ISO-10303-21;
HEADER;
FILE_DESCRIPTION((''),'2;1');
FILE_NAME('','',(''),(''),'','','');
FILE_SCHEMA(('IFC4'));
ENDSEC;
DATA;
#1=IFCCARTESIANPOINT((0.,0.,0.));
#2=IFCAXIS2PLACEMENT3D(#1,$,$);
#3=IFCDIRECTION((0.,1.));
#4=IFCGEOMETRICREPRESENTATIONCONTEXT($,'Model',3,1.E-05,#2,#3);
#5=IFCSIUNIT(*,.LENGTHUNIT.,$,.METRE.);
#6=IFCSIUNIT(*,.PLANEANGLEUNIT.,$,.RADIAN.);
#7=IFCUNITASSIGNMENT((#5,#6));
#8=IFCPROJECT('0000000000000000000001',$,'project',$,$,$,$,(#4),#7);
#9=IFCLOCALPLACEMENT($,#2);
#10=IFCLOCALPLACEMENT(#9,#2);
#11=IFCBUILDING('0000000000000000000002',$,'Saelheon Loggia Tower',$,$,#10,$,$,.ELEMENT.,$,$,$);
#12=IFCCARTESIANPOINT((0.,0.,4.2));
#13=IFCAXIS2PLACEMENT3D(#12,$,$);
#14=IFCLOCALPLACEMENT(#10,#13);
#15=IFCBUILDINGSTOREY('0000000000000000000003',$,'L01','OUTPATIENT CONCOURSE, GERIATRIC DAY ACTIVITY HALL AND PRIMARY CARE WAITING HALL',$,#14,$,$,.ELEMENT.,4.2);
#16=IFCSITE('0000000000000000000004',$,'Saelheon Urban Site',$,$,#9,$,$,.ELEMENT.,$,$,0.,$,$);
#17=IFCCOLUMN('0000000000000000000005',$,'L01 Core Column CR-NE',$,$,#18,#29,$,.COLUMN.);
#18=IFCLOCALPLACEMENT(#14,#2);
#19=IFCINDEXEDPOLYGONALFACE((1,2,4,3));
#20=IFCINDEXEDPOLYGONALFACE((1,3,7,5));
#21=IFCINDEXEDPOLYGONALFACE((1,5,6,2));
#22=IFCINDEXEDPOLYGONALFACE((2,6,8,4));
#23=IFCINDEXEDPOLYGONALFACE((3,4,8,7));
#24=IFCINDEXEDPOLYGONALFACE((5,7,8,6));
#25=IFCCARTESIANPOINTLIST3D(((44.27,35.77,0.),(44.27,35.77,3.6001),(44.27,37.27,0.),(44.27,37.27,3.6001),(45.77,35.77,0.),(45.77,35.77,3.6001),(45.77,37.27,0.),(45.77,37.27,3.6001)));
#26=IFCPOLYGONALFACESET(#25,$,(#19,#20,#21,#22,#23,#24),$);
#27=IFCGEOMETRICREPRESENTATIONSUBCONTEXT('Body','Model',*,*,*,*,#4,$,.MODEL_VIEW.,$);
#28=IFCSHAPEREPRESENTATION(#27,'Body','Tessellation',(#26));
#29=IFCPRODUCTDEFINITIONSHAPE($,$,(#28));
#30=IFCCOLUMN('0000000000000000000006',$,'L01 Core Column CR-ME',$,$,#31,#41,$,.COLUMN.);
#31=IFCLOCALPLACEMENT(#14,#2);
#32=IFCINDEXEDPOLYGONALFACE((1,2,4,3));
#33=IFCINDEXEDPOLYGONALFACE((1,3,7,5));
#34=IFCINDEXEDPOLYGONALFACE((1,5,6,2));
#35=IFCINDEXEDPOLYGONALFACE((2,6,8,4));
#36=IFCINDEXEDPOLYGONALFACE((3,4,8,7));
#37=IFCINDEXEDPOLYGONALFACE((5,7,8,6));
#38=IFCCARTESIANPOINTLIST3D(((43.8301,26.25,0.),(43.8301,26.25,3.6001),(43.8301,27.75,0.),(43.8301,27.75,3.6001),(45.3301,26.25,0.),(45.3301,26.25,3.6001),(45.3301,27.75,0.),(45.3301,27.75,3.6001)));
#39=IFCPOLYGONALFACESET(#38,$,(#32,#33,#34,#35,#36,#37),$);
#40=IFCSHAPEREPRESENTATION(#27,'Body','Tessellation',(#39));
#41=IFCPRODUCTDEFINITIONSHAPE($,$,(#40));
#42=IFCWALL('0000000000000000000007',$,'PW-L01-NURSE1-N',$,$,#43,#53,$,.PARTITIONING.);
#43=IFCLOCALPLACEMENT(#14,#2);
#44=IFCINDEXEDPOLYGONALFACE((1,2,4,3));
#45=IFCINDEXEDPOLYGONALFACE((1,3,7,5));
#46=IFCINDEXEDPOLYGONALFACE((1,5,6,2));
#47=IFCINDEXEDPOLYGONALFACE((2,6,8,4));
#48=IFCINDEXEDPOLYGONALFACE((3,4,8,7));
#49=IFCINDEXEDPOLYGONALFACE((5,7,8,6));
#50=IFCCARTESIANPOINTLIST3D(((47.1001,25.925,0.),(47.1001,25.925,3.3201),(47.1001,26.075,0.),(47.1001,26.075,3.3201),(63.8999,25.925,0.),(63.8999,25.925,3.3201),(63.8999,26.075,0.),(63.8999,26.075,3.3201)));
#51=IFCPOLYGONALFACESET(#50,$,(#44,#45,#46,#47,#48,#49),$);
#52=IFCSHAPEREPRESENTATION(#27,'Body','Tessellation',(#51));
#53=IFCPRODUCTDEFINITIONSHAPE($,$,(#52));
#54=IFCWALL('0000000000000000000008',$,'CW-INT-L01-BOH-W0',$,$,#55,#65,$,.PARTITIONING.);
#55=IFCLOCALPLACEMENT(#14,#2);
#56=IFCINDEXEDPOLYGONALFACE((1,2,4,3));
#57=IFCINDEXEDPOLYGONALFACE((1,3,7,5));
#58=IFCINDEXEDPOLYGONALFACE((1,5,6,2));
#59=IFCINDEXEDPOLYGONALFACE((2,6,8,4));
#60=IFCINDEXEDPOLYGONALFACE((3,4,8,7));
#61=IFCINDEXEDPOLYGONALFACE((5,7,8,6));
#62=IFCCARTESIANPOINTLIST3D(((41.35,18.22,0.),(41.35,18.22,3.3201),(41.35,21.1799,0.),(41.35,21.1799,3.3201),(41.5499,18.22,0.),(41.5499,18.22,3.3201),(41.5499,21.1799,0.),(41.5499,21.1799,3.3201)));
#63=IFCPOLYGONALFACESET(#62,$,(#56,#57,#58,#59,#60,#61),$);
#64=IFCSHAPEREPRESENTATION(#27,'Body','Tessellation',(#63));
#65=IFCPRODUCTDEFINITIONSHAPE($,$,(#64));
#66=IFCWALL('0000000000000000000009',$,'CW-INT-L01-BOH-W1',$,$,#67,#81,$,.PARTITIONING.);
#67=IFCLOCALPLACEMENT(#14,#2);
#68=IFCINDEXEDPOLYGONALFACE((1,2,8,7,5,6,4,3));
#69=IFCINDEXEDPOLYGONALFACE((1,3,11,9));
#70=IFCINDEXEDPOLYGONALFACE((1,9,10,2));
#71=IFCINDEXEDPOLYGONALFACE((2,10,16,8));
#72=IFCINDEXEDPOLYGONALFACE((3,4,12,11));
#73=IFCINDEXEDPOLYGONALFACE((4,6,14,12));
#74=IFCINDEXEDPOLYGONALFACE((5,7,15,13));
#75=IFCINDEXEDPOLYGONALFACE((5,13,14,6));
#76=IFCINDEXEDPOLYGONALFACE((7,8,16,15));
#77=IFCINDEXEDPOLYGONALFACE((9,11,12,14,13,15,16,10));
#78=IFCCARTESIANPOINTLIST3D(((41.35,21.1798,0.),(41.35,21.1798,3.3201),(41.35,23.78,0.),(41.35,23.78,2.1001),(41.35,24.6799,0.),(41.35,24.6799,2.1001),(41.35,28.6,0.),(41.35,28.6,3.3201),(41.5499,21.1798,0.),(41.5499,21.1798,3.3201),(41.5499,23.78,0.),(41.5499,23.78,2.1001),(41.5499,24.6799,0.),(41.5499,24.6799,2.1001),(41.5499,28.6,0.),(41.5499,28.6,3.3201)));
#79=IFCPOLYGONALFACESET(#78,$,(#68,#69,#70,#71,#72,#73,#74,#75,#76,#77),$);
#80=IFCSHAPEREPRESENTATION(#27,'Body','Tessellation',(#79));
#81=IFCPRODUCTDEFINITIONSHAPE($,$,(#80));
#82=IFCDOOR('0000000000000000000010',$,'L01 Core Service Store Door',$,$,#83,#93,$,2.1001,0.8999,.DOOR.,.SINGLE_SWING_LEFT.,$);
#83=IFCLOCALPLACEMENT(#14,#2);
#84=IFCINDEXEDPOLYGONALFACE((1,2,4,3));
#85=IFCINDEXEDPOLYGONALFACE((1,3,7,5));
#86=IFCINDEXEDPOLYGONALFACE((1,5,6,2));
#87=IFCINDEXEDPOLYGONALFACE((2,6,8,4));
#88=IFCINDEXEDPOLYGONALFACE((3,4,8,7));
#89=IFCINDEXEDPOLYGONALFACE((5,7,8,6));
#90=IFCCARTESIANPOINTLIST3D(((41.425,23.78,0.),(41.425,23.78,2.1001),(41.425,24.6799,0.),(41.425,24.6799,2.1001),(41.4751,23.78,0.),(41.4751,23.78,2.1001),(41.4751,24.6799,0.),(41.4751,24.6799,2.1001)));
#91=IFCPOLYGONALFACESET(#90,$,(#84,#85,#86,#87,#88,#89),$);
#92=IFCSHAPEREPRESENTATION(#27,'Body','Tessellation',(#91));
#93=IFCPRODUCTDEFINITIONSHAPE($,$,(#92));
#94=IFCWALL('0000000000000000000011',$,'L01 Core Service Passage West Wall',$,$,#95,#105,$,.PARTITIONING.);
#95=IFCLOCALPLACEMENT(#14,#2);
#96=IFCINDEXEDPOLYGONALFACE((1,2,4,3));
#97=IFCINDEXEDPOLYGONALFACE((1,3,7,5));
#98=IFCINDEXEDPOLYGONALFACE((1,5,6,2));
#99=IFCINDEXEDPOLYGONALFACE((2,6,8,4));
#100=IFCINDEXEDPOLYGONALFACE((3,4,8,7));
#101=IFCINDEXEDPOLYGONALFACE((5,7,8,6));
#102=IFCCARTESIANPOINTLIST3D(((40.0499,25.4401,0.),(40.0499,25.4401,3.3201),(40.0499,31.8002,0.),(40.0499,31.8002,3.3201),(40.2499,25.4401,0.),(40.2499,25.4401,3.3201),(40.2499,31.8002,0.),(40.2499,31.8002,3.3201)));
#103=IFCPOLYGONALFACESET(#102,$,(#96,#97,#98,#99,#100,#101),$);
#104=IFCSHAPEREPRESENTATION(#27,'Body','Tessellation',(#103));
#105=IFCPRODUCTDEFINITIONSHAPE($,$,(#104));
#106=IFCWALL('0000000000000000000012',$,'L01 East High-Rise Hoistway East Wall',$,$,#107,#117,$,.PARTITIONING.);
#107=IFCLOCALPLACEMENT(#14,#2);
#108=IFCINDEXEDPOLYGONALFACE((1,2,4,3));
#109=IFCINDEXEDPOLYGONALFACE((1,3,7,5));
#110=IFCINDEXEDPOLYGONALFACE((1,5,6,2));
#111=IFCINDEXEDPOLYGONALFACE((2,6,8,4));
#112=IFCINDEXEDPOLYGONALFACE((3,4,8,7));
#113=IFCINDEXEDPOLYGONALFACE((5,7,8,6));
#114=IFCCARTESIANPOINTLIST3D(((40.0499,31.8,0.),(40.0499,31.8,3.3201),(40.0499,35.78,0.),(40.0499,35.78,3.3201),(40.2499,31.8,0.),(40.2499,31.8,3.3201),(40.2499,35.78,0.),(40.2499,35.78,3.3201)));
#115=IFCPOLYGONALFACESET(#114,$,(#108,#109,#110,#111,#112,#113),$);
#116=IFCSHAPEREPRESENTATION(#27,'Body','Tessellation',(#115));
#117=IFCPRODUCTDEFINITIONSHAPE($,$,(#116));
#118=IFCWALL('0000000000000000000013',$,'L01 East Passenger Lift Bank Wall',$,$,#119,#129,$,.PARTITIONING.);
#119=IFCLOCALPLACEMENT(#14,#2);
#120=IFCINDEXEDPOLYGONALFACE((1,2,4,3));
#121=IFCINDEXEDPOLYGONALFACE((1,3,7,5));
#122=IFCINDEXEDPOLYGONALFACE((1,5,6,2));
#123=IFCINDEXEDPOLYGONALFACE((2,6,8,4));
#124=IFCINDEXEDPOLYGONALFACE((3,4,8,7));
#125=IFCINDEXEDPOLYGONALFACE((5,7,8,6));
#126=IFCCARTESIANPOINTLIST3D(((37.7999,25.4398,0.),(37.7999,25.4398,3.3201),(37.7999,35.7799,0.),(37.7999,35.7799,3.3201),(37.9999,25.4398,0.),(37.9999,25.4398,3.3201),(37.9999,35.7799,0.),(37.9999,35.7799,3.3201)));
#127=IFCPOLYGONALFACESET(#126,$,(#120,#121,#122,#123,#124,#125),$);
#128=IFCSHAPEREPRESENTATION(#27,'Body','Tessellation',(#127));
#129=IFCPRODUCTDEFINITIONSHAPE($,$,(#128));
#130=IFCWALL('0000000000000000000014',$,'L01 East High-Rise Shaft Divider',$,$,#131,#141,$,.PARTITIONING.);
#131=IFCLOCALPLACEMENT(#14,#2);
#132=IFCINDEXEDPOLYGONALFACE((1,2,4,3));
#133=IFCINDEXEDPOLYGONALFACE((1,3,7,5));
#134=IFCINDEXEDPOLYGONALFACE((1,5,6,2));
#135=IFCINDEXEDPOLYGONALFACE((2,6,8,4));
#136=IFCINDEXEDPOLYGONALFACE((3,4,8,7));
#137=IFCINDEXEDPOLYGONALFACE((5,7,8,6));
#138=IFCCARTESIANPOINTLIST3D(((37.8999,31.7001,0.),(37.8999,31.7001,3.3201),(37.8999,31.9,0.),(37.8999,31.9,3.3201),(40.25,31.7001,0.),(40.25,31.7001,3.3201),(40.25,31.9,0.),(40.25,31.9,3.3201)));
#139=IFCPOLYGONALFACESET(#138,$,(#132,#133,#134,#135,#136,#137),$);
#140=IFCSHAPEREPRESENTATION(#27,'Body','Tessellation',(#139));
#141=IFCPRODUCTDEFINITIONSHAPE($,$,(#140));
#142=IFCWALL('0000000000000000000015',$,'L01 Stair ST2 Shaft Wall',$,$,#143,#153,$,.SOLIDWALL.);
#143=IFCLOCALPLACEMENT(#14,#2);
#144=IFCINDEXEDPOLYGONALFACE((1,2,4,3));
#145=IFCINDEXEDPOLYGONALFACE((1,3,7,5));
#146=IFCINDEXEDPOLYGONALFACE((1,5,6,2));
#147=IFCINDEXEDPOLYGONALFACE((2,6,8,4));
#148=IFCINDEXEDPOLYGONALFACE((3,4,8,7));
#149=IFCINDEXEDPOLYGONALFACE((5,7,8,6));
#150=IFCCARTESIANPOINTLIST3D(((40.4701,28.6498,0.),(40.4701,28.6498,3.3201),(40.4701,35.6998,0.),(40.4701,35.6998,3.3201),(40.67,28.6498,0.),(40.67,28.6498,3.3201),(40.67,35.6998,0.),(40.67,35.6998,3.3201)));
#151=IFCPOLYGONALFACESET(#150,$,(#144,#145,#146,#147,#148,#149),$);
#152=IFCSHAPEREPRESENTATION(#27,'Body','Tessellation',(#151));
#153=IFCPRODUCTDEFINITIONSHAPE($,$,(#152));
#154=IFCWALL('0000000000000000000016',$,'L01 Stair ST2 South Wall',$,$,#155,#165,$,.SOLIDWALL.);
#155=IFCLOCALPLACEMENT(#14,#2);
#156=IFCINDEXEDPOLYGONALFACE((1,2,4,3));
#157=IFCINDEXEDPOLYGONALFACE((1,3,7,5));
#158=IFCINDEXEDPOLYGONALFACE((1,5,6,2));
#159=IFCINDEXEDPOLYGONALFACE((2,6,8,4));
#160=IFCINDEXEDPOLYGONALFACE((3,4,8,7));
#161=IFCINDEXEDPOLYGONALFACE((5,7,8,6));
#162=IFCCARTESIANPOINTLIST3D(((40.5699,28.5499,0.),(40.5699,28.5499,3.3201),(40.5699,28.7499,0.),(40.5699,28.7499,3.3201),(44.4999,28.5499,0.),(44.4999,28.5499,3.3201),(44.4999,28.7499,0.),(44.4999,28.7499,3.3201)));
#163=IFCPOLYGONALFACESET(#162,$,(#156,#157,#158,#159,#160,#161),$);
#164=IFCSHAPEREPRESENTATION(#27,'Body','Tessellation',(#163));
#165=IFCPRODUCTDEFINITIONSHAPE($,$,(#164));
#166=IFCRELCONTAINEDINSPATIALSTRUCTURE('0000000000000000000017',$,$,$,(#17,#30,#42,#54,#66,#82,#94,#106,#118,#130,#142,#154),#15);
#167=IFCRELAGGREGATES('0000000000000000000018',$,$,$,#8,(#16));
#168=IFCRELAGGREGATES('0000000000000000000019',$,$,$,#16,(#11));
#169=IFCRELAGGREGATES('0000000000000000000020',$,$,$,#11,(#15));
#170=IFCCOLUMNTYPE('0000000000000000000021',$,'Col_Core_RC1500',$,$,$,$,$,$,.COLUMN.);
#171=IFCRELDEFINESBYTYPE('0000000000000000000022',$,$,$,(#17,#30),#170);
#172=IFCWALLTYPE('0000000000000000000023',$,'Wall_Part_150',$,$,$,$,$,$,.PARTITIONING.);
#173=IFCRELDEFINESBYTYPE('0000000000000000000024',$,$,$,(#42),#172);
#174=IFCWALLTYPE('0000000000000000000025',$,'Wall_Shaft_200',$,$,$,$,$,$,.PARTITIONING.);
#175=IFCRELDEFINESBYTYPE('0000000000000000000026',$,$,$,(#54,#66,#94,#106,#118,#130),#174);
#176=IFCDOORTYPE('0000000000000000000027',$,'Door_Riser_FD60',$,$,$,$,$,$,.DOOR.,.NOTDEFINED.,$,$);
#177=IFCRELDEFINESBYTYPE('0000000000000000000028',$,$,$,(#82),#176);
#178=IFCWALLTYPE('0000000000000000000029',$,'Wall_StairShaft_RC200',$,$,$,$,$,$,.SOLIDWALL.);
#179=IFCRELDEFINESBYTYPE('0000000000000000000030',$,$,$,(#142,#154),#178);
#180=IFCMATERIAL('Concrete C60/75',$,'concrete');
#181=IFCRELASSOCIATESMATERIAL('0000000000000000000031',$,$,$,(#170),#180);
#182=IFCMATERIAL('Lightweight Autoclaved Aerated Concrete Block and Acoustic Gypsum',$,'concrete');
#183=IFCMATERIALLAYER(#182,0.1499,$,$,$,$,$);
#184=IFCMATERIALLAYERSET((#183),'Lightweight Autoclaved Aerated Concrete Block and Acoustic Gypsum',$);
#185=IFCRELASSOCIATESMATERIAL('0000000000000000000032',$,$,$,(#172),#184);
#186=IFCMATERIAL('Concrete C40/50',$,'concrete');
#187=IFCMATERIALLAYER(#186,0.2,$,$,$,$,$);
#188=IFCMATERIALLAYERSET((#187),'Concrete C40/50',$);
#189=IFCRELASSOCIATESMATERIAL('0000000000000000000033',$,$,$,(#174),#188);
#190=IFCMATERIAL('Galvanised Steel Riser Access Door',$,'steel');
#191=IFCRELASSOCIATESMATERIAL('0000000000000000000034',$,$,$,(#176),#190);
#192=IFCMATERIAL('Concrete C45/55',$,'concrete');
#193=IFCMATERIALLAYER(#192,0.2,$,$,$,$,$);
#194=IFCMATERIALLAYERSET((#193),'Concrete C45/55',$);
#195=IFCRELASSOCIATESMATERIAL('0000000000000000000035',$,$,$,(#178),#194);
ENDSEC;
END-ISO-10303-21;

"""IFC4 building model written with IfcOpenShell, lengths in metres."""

from ifc_helpers import new_model, si_unit, direction, frame, frame_2d, origin, origin_2d, place, context, subcontext, project, spatial, rectangle, extrude, source, transform, mapped, material, layer, layer_set, material_profile, profile_set, type_object, element, fill, save


model = new_model("IFC4")

# Units and contexts
model_context = context("Model", 3, precision=1e-05, world=origin(), true_north=direction((0.0, 1.0)))
body_context = subcontext(model_context, "Body", "Model", "MODEL_VIEW")
ifc_project = project(units=[si_unit("LENGTHUNIT", "METRE"), si_unit("PLANEANGLEUNIT", "RADIAN")], contexts=[model_context])

# Site, building, storey
site_placement = place(None, origin())
site = spatial("IfcSite", under=ifc_project, at=site_placement, Name="Saelheon Urban Site", CompositionType="ELEMENT", RefElevation=0.0)
building_placement = place(site_placement, origin())
building = spatial("IfcBuilding", under=site, at=building_placement, Name="Saelheon Loggia Tower", CompositionType="ELEMENT")
storey_placement = place(building_placement, frame((0.0, 0.0, 4.2)))
storey = spatial("IfcBuildingStorey", under=building, at=storey_placement, Name="L01", Description="OUTPATIENT CONCOURSE, GERIATRIC DAY ACTIVITY HALL AND PRIMARY CARE WAITING HALL", CompositionType="ELEMENT", Elevation=4.2)

# Columns
ifc_material_1 = material(Name="Concrete C60/75", Category="concrete")
ifc_material_profile = material_profile(ifc_material_1, rectangle(XDim=1.5, YDim=1.5, at=origin_2d()), Name="RC-1500x1500")
ifc_profile_set = profile_set([ifc_material_profile], Name="Concrete C60/75")
column_type = type_object("IfcColumnType", Name="Col_Core_RC1500", PredefinedType="COLUMN", material=ifc_profile_set)
shared_shape_1 = source(origin(), body_context, "Body", "SweptSolid", [
    extrude(rectangle(XDim=1.5, YDim=1.5, at=origin_2d()), origin(), (0.0, 0.0, 1.0), 3.6001),
])
for number, where, z_axis, x_axis, name in (
    (1, (45.02, 36.52, 0.0), (0.0, 0.0, 1.0), (1.0, 0.0, 0.0), "L01 Core Column CR-NE"),
    (2, (44.5801, 27.0, 0.0), (0.0, 0.0, 1.0), (1.0, 0.0, 0.0), "L01 Core Column CR-ME"),
):
    element("IfcColumn", number, at=place(storey_placement, frame(where, z_axis=z_axis, x_axis=x_axis)), inside=storey, type_object=column_type, Name=name, PredefinedType="COLUMN", context=body_context, shape_type="MappedRepresentation", body=[
        mapped(shared_shape_1, transform((0.0, 0.0, 0.0), scale=1.0)),
    ])

# Walls
ifc_material_2 = material(Name="Lightweight Autoclaved Aerated Concrete Block and Acoustic Gypsum", Category="concrete")
ifc_layer_1 = layer(ifc_material_2, 0.1499)
ifc_layer_set_1 = layer_set([ifc_layer_1], Name="Lightweight Autoclaved Aerated Concrete Block and Acoustic Gypsum")
wall_type_1 = type_object("IfcWallType", Name="Wall_Part_150", PredefinedType="PARTITIONING", material=ifc_layer_set_1)
wall_1_placement = place(storey_placement, frame((47.1001, 26.0, 0.0), z_axis=(0.0, 0.0, 1.0), x_axis=(1.0, 0.0, 0.0)))
element("IfcWall", 3, at=wall_1_placement, inside=storey, type_object=wall_type_1, Name="PW-L01-NURSE1-N", PredefinedType="PARTITIONING", context=body_context, shape_type="SweptSolid", body=[
    extrude(rectangle(XDim=16.7998, YDim=0.1499, at=frame_2d((8.3999, 0.0))), origin(), (0.0, 0.0, 1.0), 3.3201),
])
ifc_material_3 = material(Name="Concrete C40/50", Category="concrete")
ifc_layer_2 = layer(ifc_material_3, 0.2)
ifc_layer_set_2 = layer_set([ifc_layer_2], Name="Concrete C40/50")
wall_type_2 = type_object("IfcWallType", Name="Wall_Shaft_200", PredefinedType="PARTITIONING", material=ifc_layer_set_2)
wall_2_placement = place(storey_placement, frame((41.45, 18.22, 0.0), z_axis=(0.0, 0.0, 1.0), x_axis=(0.0, 1.0, 0.0)))
element("IfcWall", 4, at=wall_2_placement, inside=storey, type_object=wall_type_2, Name="CW-INT-L01-BOH-W0", PredefinedType="PARTITIONING", context=body_context, shape_type="SweptSolid", body=[
    extrude(rectangle(XDim=2.96, YDim=0.2, at=frame_2d((1.48, 0.0))), origin(), (0.0, 0.0, 1.0), 3.3201),
])

# Wall, opening, door
wall_3_placement = place(storey_placement, frame((41.45, 21.1799, 0.0), z_axis=(0.0, 0.0, 1.0), x_axis=(0.0, 1.0, 0.0)))
wall_3 = element("IfcWall", 5, at=wall_3_placement, inside=storey, type_object=wall_type_2, Name="CW-INT-L01-BOH-W1", PredefinedType="PARTITIONING", context=body_context, shape_type="SweptSolid", body=[
    extrude(rectangle(XDim=7.4202, YDim=0.2, at=frame_2d((3.71, 0.0))), origin(), (0.0, 0.0, 1.0), 3.3201),
])
opening_placement = place(wall_3_placement, frame((2.6001, 0.0, 0.0)))
opening = element("IfcOpeningElement", 6, at=opening_placement, cuts=wall_3, PredefinedType="OPENING", context=body_context, shape_type="SweptSolid", body=[
    extrude(rectangle(XDim=0.8999, YDim=2.1001, at=frame_2d((0.45, 1.05))), frame((0.0, 0.1121, 0.0), z_axis=(0.0, -1.0, 0.0), x_axis=(1.0, 0.0, 0.0)), (0.0, 0.0, 1.0), 0.2239),
])
ifc_material_4 = material(Name="Galvanised Steel Riser Access Door", Category="steel")
door_type = type_object("IfcDoorType", Name="Door_Riser_FD60", OperationType="NOTDEFINED", PredefinedType="DOOR", material=ifc_material_4)
shared_shape_2 = source(origin(), body_context, "Body", "SweptSolid", [
    extrude(rectangle(XDim=0.8999, YDim=2.1001, at=frame_2d((0.45, 1.05))), frame((0.0, 0.0249, 0.0), z_axis=(0.0, -1.0, 0.0), x_axis=(1.0, 0.0, 0.0)), (0.0, 0.0, 1.0), 0.05),
])
door_placement = place(opening_placement, origin())
door = element("IfcDoor", 7, at=door_placement, inside=storey, type_object=door_type, Name="L01 Core Service Store Door", OperationType="SINGLE_SWING_LEFT", OverallHeight=2.1001, OverallWidth=0.8999, PredefinedType="DOOR", context=body_context, shape_type="MappedRepresentation", body=[
    mapped(shared_shape_2, transform((0.0, 0.0, 0.0), scale=1.0)),
])
fill(opening, door)

# Walls
wall_4_placement = place(storey_placement, frame((40.1499, 25.4399, 0.0), z_axis=(0.0, 0.0, 1.0), x_axis=(0.0, 1.0, 0.0)))
element("IfcWall", 8, at=wall_4_placement, inside=storey, type_object=wall_type_2, Name="L01 Core Service Passage West Wall", PredefinedType="PARTITIONING", context=body_context, shape_type="SweptSolid", body=[
    extrude(rectangle(XDim=6.3601, YDim=0.2, at=frame_2d((3.1802, 0.0))), origin(), (0.0, 0.0, 1.0), 3.3201),
])
wall_5_placement = place(storey_placement, frame((40.1499, 31.8, 0.0), z_axis=(0.0, 0.0, 1.0), x_axis=(0.0, 1.0, 0.0)))
element("IfcWall", 9, at=wall_5_placement, inside=storey, type_object=wall_type_2, Name="L01 East High-Rise Hoistway East Wall", PredefinedType="PARTITIONING", context=body_context, shape_type="SweptSolid", body=[
    extrude(rectangle(XDim=3.98, YDim=0.2, at=frame_2d((1.99, 0.0))), origin(), (0.0, 0.0, 1.0), 3.3201),
])
wall_6_placement = place(storey_placement, frame((37.8999, 25.4399, 0.0), z_axis=(0.0, 0.0, 1.0), x_axis=(0.0, 1.0, 0.0)))
element("IfcWall", 10, at=wall_6_placement, inside=storey, type_object=wall_type_2, Name="L01 East Passenger Lift Bank Wall", PredefinedType="PARTITIONING", context=body_context, shape_type="SweptSolid", body=[
    extrude(rectangle(XDim=10.3401, YDim=0.2, at=frame_2d((5.1699, 0.0))), origin(), (0.0, 0.0, 1.0), 3.3201),
])
wall_7_placement = place(storey_placement, frame((37.8999, 31.8, 0.0), z_axis=(0.0, 0.0, 1.0), x_axis=(1.0, 0.0, 0.0)))
element("IfcWall", 11, at=wall_7_placement, inside=storey, type_object=wall_type_2, Name="L01 East High-Rise Shaft Divider", PredefinedType="PARTITIONING", context=body_context, shape_type="SweptSolid", body=[
    extrude(rectangle(XDim=2.3501, YDim=0.2, at=frame_2d((1.175, 0.0))), origin(), (0.0, 0.0, 1.0), 3.3201),
])
ifc_material_5 = material(Name="Concrete C45/55", Category="concrete")
ifc_layer_3 = layer(ifc_material_5, 0.2)
ifc_layer_set_3 = layer_set([ifc_layer_3], Name="Concrete C45/55")
wall_type_3 = type_object("IfcWallType", Name="Wall_StairShaft_RC200", PredefinedType="SOLIDWALL", material=ifc_layer_set_3)
wall_8_placement = place(storey_placement, frame((40.5701, 28.6499, 0.0), z_axis=(0.0, 0.0, 1.0), x_axis=(0.0, 1.0, 0.0)))
element("IfcWall", 12, at=wall_8_placement, inside=storey, type_object=wall_type_3, Name="L01 Stair ST2 Shaft Wall", PredefinedType="SOLIDWALL", context=body_context, shape_type="SweptSolid", body=[
    extrude(rectangle(XDim=7.05, YDim=0.2, at=frame_2d((3.5249, 0.0))), origin(), (0.0, 0.0, 1.0), 3.3201),
])
wall_9_placement = place(storey_placement, frame((40.5701, 28.6499, 0.0), z_axis=(0.0, 0.0, 1.0), x_axis=(1.0, 0.0, 0.0)))
element("IfcWall", 13, at=wall_9_placement, inside=storey, type_object=wall_type_3, Name="L01 Stair ST2 South Wall", PredefinedType="SOLIDWALL", context=body_context, shape_type="SweptSolid", body=[
    extrude(rectangle(XDim=3.9299, YDim=0.2, at=frame_2d((1.9648, 0.0))), origin(), (0.0, 0.0, 1.0), 3.3201),
])

save(model, "model.ifc")
